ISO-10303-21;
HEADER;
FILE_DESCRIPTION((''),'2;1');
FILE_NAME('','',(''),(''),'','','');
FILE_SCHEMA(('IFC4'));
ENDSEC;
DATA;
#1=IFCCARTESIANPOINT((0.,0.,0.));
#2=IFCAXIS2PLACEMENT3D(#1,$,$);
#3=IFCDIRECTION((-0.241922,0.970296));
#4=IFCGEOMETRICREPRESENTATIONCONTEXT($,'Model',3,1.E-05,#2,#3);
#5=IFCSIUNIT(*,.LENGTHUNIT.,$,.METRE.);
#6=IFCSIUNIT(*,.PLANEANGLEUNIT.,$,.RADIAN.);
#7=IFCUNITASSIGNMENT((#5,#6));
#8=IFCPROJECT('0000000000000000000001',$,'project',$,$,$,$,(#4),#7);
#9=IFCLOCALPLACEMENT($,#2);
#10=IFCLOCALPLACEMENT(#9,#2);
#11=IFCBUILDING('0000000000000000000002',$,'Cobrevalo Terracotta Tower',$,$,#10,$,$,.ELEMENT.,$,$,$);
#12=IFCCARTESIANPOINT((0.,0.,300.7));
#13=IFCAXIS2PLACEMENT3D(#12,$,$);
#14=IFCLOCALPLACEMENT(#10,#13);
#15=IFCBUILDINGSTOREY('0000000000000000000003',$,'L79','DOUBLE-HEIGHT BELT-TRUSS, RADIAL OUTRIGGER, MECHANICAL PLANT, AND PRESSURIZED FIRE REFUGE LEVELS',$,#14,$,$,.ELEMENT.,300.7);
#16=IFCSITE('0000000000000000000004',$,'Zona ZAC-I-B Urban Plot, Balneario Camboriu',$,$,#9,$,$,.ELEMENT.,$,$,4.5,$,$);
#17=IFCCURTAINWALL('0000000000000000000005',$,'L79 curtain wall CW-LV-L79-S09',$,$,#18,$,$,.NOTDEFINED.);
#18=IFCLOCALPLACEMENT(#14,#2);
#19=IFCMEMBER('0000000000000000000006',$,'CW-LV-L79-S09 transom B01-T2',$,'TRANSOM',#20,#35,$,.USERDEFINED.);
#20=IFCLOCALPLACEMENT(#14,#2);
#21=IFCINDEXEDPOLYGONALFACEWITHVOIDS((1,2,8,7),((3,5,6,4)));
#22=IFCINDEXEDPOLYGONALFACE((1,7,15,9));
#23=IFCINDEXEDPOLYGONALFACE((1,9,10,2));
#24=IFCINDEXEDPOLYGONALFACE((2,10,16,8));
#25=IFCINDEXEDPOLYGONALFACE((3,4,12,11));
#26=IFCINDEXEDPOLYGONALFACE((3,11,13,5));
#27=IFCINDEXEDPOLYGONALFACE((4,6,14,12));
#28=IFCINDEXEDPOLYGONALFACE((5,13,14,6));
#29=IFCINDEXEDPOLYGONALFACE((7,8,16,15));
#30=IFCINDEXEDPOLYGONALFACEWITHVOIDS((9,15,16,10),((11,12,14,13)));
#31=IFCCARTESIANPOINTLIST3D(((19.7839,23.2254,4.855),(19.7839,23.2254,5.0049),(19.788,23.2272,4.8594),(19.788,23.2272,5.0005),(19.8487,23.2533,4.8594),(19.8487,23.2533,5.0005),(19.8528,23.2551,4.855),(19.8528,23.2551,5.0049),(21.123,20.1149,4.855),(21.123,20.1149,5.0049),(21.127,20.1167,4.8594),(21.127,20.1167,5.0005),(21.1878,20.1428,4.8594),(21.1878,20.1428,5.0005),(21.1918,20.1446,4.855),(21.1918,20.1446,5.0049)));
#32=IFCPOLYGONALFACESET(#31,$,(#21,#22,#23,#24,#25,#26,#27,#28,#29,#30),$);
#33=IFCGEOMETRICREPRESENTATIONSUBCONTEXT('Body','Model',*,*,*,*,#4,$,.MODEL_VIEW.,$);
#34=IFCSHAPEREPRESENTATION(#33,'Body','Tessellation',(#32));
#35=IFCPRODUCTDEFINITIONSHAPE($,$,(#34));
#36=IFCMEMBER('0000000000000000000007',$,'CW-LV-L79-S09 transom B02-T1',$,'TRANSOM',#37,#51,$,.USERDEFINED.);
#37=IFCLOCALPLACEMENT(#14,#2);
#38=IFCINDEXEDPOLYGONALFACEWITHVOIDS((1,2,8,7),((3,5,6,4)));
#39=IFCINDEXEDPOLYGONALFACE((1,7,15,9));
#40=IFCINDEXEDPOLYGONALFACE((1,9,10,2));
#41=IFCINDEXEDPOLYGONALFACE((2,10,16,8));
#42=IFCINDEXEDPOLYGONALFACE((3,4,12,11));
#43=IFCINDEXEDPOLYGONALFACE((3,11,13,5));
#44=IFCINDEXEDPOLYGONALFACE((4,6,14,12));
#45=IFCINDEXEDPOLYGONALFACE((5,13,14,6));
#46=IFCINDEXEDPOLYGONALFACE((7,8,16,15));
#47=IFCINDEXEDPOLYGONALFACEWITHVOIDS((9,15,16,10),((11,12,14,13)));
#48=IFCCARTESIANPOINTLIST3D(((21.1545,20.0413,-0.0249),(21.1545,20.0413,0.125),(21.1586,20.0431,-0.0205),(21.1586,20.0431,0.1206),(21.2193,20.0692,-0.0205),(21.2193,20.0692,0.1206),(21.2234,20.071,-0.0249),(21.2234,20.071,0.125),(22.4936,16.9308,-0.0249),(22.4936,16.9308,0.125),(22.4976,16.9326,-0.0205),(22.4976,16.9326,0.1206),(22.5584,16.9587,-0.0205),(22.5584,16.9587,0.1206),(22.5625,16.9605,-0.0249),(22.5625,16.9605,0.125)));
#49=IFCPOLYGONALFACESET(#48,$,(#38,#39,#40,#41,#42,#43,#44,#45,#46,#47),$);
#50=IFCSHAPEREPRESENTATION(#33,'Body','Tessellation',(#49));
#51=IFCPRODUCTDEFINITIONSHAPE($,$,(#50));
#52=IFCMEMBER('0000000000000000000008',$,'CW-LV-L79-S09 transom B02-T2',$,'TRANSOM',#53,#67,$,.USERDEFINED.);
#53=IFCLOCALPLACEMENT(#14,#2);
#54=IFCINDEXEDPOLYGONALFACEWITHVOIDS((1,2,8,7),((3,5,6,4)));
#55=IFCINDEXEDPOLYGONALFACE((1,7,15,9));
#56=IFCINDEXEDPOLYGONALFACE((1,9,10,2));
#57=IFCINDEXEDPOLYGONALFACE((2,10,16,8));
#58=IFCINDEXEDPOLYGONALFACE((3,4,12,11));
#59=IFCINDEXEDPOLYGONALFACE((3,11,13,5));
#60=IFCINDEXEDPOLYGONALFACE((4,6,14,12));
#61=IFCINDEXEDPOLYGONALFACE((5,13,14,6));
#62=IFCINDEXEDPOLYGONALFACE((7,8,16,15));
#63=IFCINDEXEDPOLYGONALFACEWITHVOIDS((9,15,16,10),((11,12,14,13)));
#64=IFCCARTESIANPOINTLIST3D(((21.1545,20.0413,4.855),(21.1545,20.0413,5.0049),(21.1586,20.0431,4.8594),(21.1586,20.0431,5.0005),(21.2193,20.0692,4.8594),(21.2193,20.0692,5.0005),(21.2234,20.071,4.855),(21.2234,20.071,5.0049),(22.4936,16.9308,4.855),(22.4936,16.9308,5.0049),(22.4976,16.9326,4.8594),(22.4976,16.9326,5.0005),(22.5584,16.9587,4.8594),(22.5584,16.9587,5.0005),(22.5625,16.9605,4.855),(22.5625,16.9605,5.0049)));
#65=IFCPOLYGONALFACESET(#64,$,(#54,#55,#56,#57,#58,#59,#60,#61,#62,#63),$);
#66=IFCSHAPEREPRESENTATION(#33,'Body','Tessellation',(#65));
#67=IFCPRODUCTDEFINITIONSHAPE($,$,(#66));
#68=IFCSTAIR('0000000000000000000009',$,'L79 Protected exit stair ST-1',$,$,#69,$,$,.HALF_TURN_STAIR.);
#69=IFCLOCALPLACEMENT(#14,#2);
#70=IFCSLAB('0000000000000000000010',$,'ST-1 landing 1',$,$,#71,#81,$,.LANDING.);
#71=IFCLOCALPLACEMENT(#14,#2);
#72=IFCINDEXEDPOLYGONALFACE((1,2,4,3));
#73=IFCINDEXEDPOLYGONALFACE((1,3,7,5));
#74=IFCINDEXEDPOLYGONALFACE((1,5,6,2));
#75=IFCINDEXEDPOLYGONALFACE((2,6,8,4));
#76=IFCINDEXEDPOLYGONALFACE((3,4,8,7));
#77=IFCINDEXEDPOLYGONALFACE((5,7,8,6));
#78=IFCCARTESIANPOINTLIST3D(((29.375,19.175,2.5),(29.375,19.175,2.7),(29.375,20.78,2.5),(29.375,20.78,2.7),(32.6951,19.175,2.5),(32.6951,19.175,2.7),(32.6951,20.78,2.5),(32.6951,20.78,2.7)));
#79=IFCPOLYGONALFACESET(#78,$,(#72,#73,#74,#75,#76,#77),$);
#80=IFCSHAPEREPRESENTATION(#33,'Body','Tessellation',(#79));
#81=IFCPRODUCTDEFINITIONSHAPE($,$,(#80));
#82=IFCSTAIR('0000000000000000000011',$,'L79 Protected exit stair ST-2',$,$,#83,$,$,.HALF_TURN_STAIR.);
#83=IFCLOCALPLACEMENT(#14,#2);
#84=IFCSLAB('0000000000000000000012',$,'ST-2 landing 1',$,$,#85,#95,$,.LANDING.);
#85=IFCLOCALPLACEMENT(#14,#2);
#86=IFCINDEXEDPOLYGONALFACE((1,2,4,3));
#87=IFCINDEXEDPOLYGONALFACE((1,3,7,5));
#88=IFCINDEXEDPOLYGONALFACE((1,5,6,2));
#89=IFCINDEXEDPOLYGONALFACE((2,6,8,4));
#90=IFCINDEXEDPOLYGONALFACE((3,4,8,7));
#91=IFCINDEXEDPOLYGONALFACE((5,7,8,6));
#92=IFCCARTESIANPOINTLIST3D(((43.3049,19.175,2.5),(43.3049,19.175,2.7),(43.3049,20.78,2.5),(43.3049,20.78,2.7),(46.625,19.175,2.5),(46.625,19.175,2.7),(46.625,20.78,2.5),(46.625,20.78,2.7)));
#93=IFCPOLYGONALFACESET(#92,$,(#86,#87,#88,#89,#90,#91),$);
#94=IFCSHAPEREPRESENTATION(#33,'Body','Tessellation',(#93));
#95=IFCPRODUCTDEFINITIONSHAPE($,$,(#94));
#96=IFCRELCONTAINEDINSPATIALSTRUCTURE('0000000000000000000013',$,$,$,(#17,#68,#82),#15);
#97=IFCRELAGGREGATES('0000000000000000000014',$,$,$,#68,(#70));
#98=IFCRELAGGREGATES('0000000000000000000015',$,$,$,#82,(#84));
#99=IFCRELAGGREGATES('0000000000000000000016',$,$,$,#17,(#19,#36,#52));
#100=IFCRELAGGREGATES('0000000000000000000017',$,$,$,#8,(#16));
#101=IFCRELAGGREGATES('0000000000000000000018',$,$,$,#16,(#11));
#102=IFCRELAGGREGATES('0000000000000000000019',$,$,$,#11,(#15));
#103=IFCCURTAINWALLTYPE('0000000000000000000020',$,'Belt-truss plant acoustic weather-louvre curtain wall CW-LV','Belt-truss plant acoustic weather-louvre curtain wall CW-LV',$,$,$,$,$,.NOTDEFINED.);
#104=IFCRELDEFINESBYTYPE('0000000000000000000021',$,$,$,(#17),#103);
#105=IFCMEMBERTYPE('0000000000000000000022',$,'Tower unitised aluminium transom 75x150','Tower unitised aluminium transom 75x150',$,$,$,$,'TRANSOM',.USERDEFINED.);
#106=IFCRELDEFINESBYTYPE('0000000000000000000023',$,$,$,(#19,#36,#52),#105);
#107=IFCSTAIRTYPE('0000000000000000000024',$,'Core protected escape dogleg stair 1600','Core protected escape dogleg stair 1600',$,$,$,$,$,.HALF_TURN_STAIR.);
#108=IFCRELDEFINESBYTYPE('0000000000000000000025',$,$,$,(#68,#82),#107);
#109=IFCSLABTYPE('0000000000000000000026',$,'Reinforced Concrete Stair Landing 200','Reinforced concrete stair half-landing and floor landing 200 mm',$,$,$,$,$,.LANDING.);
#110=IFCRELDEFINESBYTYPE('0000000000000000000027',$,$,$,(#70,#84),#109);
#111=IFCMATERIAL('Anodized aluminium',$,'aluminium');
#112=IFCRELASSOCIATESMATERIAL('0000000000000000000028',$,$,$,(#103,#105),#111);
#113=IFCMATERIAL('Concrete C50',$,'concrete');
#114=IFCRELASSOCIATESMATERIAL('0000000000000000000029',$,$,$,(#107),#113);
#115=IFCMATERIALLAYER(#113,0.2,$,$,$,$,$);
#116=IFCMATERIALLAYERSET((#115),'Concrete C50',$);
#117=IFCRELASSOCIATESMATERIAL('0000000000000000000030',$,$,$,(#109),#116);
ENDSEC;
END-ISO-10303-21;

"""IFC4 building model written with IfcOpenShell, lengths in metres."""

from ifc_helpers import new_model, si_unit, direction, frame, origin, origin_2d, place, context, subcontext, project, spatial, polyline, hollow_rectangle, outline, extrude, source, transform, mapped, material, layer, layer_set, material_profile, profile_set, type_object, element, aggregate, save


model = new_model("IFC4")

# Units and contexts
model_context = context("Model", 3, precision=1e-05, world=origin(), true_north=direction((-0.241922, 0.970296)))
body_context = subcontext(model_context, "Body", "Model", "MODEL_VIEW")
ifc_project = project(units=[si_unit("LENGTHUNIT", "METRE"), si_unit("PLANEANGLEUNIT", "RADIAN")], contexts=[model_context])

# Site, building, storey
site_placement = place(None, origin())
site = spatial("IfcSite", under=ifc_project, at=site_placement, Name="Zona ZAC-I-B Urban Plot, Balneario Camboriu", CompositionType="ELEMENT", RefElevation=4.5)
building_placement = place(site_placement, origin())
building = spatial("IfcBuilding", under=site, at=building_placement, Name="Cobrevalo Terracotta Tower", CompositionType="ELEMENT")
storey_placement = place(building_placement, frame((0.0, 0.0, 300.7)))
storey = spatial("IfcBuildingStorey", under=building, at=storey_placement, Name="L79", Description="DOUBLE-HEIGHT BELT-TRUSS, RADIAL OUTRIGGER, MECHANICAL PLANT, AND PRESSURIZED FIRE REFUGE LEVELS", CompositionType="ELEMENT", Elevation=300.7)

# Shared definitions
ifc_material_1 = material(Name="Anodized aluminium", Category="aluminium")
curtain_wall_type = type_object("IfcCurtainWallType", Name="Belt-truss plant acoustic weather-louvre curtain wall CW-LV", Description="Belt-truss plant acoustic weather-louvre curtain wall CW-LV", PredefinedType="NOTDEFINED", material=ifc_material_1)

# Curtain wall, members
curtain_wall_1_placement = place(storey_placement, origin())
curtain_wall_1 = element("IfcCurtainWall", 1, at=curtain_wall_1_placement, inside=storey, type_object=curtain_wall_type, Name="L79 curtain wall CW-LV-L79-S09", PredefinedType="NOTDEFINED")
ifc_material_profile_1 = material_profile(ifc_material_1, hollow_rectangle(XDim=0.075, YDim=0.1499, WallThickness=0.0044, at=origin_2d()), Name="CWT 75x150")
ifc_profile_set_1 = profile_set([ifc_material_profile_1], Name="Anodized aluminium")
member_type_1 = type_object("IfcMemberType", Name="Tower unitised aluminium transom 75x150", Description="Tower unitised aluminium transom 75x150", ElementType="TRANSOM", PredefinedType="USERDEFINED", material=ifc_profile_set_1)
shared_shape_1 = source(origin(), body_context, "Body", "SweptSolid", [
    extrude(hollow_rectangle(XDim=0.075, YDim=0.1499, WallThickness=0.0044, at=origin_2d()), origin(), (0.0, 0.0, 1.0), 3.3865),
])
member_1_placement = place(storey_placement, frame((19.8184, 23.2402, 4.9299), z_axis=(0.395415, -0.918502, 0.0), x_axis=(0.918502, 0.395415, 0.0)))
member_1 = element("IfcMember", 2, at=member_1_placement, type_object=member_type_1, Name="CW-LV-L79-S09 transom B01-T2", ObjectType="TRANSOM", PredefinedType="USERDEFINED", context=body_context, shape_type="MappedRepresentation", body=[
    mapped(shared_shape_1, transform((0.0, 0.0, 0.0), scale=1.0)),
])
member_2_placement = place(storey_placement, frame((21.189, 20.0562, 0.05), z_axis=(0.395415, -0.918502, 0.0), x_axis=(0.918502, 0.395415, 0.0)))
member_2 = element("IfcMember", 3, at=member_2_placement, type_object=member_type_1, Name="CW-LV-L79-S09 transom B02-T1", ObjectType="TRANSOM", PredefinedType="USERDEFINED", context=body_context, shape_type="MappedRepresentation", body=[
    mapped(shared_shape_1, transform((0.0, 0.0, 0.0), scale=1.0)),
])
member_3_placement = place(storey_placement, frame((21.189, 20.0562, 4.9299), z_axis=(0.395415, -0.918502, 0.0), x_axis=(0.918502, 0.395415, 0.0)))
member_3 = element("IfcMember", 4, at=member_3_placement, type_object=member_type_1, Name="CW-LV-L79-S09 transom B02-T2", ObjectType="TRANSOM", PredefinedType="USERDEFINED", context=body_context, shape_type="MappedRepresentation", body=[
    mapped(shared_shape_1, transform((0.0, 0.0, 0.0), scale=1.0)),
])

# Stairs, slabs
ifc_material_2 = material(Name="Concrete C50", Category="concrete")
stair_type = type_object("IfcStairType", Name="Core protected escape dogleg stair 1600", Description="Core protected escape dogleg stair 1600", PredefinedType="HALF_TURN_STAIR", material=ifc_material_2)
stair_1_placement = place(storey_placement, origin())
stair_1 = element("IfcStair", 5, at=stair_1_placement, inside=storey, type_object=stair_type, Name="L79 Protected exit stair ST-1", PredefinedType="HALF_TURN_STAIR")
ifc_layer_1 = layer(ifc_material_2, 0.2)
ifc_layer_set_1 = layer_set([ifc_layer_1], Name="Concrete C50")
slab_type_1 = type_object("IfcSlabType", Name="Reinforced Concrete Stair Landing 200", Description="Reinforced concrete stair half-landing and floor landing 200 mm", PredefinedType="LANDING", material=ifc_layer_set_1)
slab_1_placement = place(storey_placement, frame((0.0, 0.0, 2.5)))
slab_1 = element("IfcSlab", 6, at=slab_1_placement, type_object=slab_type_1, Name="ST-1 landing 1", PredefinedType="LANDING", context=body_context, shape_type="SweptSolid", body=[
    extrude(outline(polyline([(29.375, 20.78), (29.375, 19.175), (32.6951, 19.175), (32.6951, 20.78), (29.375, 20.78)])), origin(), (0.0, 0.0, 1.0), 0.2),
])
aggregate(stair_1, [slab_1])
stair_2_placement = place(storey_placement, origin())
stair_2 = element("IfcStair", 7, at=stair_2_placement, inside=storey, type_object=stair_type, Name="L79 Protected exit stair ST-2", PredefinedType="HALF_TURN_STAIR")
slab_2_placement = place(storey_placement, frame((0.0, 0.0, 2.5)))
slab_2 = element("IfcSlab", 8, at=slab_2_placement, type_object=slab_type_1, Name="ST-2 landing 1", PredefinedType="LANDING", context=body_context, shape_type="SweptSolid", body=[
    extrude(outline(polyline([(43.3049, 20.78), (43.3049, 19.175), (46.625, 19.175), (46.625, 20.78), (43.3049, 20.78)])), origin(), (0.0, 0.0, 1.0), 0.2),
])
aggregate(stair_2, [slab_2])

aggregate(curtain_wall_1, [member_1, member_2, member_3])

save(model, "model.ifc")
